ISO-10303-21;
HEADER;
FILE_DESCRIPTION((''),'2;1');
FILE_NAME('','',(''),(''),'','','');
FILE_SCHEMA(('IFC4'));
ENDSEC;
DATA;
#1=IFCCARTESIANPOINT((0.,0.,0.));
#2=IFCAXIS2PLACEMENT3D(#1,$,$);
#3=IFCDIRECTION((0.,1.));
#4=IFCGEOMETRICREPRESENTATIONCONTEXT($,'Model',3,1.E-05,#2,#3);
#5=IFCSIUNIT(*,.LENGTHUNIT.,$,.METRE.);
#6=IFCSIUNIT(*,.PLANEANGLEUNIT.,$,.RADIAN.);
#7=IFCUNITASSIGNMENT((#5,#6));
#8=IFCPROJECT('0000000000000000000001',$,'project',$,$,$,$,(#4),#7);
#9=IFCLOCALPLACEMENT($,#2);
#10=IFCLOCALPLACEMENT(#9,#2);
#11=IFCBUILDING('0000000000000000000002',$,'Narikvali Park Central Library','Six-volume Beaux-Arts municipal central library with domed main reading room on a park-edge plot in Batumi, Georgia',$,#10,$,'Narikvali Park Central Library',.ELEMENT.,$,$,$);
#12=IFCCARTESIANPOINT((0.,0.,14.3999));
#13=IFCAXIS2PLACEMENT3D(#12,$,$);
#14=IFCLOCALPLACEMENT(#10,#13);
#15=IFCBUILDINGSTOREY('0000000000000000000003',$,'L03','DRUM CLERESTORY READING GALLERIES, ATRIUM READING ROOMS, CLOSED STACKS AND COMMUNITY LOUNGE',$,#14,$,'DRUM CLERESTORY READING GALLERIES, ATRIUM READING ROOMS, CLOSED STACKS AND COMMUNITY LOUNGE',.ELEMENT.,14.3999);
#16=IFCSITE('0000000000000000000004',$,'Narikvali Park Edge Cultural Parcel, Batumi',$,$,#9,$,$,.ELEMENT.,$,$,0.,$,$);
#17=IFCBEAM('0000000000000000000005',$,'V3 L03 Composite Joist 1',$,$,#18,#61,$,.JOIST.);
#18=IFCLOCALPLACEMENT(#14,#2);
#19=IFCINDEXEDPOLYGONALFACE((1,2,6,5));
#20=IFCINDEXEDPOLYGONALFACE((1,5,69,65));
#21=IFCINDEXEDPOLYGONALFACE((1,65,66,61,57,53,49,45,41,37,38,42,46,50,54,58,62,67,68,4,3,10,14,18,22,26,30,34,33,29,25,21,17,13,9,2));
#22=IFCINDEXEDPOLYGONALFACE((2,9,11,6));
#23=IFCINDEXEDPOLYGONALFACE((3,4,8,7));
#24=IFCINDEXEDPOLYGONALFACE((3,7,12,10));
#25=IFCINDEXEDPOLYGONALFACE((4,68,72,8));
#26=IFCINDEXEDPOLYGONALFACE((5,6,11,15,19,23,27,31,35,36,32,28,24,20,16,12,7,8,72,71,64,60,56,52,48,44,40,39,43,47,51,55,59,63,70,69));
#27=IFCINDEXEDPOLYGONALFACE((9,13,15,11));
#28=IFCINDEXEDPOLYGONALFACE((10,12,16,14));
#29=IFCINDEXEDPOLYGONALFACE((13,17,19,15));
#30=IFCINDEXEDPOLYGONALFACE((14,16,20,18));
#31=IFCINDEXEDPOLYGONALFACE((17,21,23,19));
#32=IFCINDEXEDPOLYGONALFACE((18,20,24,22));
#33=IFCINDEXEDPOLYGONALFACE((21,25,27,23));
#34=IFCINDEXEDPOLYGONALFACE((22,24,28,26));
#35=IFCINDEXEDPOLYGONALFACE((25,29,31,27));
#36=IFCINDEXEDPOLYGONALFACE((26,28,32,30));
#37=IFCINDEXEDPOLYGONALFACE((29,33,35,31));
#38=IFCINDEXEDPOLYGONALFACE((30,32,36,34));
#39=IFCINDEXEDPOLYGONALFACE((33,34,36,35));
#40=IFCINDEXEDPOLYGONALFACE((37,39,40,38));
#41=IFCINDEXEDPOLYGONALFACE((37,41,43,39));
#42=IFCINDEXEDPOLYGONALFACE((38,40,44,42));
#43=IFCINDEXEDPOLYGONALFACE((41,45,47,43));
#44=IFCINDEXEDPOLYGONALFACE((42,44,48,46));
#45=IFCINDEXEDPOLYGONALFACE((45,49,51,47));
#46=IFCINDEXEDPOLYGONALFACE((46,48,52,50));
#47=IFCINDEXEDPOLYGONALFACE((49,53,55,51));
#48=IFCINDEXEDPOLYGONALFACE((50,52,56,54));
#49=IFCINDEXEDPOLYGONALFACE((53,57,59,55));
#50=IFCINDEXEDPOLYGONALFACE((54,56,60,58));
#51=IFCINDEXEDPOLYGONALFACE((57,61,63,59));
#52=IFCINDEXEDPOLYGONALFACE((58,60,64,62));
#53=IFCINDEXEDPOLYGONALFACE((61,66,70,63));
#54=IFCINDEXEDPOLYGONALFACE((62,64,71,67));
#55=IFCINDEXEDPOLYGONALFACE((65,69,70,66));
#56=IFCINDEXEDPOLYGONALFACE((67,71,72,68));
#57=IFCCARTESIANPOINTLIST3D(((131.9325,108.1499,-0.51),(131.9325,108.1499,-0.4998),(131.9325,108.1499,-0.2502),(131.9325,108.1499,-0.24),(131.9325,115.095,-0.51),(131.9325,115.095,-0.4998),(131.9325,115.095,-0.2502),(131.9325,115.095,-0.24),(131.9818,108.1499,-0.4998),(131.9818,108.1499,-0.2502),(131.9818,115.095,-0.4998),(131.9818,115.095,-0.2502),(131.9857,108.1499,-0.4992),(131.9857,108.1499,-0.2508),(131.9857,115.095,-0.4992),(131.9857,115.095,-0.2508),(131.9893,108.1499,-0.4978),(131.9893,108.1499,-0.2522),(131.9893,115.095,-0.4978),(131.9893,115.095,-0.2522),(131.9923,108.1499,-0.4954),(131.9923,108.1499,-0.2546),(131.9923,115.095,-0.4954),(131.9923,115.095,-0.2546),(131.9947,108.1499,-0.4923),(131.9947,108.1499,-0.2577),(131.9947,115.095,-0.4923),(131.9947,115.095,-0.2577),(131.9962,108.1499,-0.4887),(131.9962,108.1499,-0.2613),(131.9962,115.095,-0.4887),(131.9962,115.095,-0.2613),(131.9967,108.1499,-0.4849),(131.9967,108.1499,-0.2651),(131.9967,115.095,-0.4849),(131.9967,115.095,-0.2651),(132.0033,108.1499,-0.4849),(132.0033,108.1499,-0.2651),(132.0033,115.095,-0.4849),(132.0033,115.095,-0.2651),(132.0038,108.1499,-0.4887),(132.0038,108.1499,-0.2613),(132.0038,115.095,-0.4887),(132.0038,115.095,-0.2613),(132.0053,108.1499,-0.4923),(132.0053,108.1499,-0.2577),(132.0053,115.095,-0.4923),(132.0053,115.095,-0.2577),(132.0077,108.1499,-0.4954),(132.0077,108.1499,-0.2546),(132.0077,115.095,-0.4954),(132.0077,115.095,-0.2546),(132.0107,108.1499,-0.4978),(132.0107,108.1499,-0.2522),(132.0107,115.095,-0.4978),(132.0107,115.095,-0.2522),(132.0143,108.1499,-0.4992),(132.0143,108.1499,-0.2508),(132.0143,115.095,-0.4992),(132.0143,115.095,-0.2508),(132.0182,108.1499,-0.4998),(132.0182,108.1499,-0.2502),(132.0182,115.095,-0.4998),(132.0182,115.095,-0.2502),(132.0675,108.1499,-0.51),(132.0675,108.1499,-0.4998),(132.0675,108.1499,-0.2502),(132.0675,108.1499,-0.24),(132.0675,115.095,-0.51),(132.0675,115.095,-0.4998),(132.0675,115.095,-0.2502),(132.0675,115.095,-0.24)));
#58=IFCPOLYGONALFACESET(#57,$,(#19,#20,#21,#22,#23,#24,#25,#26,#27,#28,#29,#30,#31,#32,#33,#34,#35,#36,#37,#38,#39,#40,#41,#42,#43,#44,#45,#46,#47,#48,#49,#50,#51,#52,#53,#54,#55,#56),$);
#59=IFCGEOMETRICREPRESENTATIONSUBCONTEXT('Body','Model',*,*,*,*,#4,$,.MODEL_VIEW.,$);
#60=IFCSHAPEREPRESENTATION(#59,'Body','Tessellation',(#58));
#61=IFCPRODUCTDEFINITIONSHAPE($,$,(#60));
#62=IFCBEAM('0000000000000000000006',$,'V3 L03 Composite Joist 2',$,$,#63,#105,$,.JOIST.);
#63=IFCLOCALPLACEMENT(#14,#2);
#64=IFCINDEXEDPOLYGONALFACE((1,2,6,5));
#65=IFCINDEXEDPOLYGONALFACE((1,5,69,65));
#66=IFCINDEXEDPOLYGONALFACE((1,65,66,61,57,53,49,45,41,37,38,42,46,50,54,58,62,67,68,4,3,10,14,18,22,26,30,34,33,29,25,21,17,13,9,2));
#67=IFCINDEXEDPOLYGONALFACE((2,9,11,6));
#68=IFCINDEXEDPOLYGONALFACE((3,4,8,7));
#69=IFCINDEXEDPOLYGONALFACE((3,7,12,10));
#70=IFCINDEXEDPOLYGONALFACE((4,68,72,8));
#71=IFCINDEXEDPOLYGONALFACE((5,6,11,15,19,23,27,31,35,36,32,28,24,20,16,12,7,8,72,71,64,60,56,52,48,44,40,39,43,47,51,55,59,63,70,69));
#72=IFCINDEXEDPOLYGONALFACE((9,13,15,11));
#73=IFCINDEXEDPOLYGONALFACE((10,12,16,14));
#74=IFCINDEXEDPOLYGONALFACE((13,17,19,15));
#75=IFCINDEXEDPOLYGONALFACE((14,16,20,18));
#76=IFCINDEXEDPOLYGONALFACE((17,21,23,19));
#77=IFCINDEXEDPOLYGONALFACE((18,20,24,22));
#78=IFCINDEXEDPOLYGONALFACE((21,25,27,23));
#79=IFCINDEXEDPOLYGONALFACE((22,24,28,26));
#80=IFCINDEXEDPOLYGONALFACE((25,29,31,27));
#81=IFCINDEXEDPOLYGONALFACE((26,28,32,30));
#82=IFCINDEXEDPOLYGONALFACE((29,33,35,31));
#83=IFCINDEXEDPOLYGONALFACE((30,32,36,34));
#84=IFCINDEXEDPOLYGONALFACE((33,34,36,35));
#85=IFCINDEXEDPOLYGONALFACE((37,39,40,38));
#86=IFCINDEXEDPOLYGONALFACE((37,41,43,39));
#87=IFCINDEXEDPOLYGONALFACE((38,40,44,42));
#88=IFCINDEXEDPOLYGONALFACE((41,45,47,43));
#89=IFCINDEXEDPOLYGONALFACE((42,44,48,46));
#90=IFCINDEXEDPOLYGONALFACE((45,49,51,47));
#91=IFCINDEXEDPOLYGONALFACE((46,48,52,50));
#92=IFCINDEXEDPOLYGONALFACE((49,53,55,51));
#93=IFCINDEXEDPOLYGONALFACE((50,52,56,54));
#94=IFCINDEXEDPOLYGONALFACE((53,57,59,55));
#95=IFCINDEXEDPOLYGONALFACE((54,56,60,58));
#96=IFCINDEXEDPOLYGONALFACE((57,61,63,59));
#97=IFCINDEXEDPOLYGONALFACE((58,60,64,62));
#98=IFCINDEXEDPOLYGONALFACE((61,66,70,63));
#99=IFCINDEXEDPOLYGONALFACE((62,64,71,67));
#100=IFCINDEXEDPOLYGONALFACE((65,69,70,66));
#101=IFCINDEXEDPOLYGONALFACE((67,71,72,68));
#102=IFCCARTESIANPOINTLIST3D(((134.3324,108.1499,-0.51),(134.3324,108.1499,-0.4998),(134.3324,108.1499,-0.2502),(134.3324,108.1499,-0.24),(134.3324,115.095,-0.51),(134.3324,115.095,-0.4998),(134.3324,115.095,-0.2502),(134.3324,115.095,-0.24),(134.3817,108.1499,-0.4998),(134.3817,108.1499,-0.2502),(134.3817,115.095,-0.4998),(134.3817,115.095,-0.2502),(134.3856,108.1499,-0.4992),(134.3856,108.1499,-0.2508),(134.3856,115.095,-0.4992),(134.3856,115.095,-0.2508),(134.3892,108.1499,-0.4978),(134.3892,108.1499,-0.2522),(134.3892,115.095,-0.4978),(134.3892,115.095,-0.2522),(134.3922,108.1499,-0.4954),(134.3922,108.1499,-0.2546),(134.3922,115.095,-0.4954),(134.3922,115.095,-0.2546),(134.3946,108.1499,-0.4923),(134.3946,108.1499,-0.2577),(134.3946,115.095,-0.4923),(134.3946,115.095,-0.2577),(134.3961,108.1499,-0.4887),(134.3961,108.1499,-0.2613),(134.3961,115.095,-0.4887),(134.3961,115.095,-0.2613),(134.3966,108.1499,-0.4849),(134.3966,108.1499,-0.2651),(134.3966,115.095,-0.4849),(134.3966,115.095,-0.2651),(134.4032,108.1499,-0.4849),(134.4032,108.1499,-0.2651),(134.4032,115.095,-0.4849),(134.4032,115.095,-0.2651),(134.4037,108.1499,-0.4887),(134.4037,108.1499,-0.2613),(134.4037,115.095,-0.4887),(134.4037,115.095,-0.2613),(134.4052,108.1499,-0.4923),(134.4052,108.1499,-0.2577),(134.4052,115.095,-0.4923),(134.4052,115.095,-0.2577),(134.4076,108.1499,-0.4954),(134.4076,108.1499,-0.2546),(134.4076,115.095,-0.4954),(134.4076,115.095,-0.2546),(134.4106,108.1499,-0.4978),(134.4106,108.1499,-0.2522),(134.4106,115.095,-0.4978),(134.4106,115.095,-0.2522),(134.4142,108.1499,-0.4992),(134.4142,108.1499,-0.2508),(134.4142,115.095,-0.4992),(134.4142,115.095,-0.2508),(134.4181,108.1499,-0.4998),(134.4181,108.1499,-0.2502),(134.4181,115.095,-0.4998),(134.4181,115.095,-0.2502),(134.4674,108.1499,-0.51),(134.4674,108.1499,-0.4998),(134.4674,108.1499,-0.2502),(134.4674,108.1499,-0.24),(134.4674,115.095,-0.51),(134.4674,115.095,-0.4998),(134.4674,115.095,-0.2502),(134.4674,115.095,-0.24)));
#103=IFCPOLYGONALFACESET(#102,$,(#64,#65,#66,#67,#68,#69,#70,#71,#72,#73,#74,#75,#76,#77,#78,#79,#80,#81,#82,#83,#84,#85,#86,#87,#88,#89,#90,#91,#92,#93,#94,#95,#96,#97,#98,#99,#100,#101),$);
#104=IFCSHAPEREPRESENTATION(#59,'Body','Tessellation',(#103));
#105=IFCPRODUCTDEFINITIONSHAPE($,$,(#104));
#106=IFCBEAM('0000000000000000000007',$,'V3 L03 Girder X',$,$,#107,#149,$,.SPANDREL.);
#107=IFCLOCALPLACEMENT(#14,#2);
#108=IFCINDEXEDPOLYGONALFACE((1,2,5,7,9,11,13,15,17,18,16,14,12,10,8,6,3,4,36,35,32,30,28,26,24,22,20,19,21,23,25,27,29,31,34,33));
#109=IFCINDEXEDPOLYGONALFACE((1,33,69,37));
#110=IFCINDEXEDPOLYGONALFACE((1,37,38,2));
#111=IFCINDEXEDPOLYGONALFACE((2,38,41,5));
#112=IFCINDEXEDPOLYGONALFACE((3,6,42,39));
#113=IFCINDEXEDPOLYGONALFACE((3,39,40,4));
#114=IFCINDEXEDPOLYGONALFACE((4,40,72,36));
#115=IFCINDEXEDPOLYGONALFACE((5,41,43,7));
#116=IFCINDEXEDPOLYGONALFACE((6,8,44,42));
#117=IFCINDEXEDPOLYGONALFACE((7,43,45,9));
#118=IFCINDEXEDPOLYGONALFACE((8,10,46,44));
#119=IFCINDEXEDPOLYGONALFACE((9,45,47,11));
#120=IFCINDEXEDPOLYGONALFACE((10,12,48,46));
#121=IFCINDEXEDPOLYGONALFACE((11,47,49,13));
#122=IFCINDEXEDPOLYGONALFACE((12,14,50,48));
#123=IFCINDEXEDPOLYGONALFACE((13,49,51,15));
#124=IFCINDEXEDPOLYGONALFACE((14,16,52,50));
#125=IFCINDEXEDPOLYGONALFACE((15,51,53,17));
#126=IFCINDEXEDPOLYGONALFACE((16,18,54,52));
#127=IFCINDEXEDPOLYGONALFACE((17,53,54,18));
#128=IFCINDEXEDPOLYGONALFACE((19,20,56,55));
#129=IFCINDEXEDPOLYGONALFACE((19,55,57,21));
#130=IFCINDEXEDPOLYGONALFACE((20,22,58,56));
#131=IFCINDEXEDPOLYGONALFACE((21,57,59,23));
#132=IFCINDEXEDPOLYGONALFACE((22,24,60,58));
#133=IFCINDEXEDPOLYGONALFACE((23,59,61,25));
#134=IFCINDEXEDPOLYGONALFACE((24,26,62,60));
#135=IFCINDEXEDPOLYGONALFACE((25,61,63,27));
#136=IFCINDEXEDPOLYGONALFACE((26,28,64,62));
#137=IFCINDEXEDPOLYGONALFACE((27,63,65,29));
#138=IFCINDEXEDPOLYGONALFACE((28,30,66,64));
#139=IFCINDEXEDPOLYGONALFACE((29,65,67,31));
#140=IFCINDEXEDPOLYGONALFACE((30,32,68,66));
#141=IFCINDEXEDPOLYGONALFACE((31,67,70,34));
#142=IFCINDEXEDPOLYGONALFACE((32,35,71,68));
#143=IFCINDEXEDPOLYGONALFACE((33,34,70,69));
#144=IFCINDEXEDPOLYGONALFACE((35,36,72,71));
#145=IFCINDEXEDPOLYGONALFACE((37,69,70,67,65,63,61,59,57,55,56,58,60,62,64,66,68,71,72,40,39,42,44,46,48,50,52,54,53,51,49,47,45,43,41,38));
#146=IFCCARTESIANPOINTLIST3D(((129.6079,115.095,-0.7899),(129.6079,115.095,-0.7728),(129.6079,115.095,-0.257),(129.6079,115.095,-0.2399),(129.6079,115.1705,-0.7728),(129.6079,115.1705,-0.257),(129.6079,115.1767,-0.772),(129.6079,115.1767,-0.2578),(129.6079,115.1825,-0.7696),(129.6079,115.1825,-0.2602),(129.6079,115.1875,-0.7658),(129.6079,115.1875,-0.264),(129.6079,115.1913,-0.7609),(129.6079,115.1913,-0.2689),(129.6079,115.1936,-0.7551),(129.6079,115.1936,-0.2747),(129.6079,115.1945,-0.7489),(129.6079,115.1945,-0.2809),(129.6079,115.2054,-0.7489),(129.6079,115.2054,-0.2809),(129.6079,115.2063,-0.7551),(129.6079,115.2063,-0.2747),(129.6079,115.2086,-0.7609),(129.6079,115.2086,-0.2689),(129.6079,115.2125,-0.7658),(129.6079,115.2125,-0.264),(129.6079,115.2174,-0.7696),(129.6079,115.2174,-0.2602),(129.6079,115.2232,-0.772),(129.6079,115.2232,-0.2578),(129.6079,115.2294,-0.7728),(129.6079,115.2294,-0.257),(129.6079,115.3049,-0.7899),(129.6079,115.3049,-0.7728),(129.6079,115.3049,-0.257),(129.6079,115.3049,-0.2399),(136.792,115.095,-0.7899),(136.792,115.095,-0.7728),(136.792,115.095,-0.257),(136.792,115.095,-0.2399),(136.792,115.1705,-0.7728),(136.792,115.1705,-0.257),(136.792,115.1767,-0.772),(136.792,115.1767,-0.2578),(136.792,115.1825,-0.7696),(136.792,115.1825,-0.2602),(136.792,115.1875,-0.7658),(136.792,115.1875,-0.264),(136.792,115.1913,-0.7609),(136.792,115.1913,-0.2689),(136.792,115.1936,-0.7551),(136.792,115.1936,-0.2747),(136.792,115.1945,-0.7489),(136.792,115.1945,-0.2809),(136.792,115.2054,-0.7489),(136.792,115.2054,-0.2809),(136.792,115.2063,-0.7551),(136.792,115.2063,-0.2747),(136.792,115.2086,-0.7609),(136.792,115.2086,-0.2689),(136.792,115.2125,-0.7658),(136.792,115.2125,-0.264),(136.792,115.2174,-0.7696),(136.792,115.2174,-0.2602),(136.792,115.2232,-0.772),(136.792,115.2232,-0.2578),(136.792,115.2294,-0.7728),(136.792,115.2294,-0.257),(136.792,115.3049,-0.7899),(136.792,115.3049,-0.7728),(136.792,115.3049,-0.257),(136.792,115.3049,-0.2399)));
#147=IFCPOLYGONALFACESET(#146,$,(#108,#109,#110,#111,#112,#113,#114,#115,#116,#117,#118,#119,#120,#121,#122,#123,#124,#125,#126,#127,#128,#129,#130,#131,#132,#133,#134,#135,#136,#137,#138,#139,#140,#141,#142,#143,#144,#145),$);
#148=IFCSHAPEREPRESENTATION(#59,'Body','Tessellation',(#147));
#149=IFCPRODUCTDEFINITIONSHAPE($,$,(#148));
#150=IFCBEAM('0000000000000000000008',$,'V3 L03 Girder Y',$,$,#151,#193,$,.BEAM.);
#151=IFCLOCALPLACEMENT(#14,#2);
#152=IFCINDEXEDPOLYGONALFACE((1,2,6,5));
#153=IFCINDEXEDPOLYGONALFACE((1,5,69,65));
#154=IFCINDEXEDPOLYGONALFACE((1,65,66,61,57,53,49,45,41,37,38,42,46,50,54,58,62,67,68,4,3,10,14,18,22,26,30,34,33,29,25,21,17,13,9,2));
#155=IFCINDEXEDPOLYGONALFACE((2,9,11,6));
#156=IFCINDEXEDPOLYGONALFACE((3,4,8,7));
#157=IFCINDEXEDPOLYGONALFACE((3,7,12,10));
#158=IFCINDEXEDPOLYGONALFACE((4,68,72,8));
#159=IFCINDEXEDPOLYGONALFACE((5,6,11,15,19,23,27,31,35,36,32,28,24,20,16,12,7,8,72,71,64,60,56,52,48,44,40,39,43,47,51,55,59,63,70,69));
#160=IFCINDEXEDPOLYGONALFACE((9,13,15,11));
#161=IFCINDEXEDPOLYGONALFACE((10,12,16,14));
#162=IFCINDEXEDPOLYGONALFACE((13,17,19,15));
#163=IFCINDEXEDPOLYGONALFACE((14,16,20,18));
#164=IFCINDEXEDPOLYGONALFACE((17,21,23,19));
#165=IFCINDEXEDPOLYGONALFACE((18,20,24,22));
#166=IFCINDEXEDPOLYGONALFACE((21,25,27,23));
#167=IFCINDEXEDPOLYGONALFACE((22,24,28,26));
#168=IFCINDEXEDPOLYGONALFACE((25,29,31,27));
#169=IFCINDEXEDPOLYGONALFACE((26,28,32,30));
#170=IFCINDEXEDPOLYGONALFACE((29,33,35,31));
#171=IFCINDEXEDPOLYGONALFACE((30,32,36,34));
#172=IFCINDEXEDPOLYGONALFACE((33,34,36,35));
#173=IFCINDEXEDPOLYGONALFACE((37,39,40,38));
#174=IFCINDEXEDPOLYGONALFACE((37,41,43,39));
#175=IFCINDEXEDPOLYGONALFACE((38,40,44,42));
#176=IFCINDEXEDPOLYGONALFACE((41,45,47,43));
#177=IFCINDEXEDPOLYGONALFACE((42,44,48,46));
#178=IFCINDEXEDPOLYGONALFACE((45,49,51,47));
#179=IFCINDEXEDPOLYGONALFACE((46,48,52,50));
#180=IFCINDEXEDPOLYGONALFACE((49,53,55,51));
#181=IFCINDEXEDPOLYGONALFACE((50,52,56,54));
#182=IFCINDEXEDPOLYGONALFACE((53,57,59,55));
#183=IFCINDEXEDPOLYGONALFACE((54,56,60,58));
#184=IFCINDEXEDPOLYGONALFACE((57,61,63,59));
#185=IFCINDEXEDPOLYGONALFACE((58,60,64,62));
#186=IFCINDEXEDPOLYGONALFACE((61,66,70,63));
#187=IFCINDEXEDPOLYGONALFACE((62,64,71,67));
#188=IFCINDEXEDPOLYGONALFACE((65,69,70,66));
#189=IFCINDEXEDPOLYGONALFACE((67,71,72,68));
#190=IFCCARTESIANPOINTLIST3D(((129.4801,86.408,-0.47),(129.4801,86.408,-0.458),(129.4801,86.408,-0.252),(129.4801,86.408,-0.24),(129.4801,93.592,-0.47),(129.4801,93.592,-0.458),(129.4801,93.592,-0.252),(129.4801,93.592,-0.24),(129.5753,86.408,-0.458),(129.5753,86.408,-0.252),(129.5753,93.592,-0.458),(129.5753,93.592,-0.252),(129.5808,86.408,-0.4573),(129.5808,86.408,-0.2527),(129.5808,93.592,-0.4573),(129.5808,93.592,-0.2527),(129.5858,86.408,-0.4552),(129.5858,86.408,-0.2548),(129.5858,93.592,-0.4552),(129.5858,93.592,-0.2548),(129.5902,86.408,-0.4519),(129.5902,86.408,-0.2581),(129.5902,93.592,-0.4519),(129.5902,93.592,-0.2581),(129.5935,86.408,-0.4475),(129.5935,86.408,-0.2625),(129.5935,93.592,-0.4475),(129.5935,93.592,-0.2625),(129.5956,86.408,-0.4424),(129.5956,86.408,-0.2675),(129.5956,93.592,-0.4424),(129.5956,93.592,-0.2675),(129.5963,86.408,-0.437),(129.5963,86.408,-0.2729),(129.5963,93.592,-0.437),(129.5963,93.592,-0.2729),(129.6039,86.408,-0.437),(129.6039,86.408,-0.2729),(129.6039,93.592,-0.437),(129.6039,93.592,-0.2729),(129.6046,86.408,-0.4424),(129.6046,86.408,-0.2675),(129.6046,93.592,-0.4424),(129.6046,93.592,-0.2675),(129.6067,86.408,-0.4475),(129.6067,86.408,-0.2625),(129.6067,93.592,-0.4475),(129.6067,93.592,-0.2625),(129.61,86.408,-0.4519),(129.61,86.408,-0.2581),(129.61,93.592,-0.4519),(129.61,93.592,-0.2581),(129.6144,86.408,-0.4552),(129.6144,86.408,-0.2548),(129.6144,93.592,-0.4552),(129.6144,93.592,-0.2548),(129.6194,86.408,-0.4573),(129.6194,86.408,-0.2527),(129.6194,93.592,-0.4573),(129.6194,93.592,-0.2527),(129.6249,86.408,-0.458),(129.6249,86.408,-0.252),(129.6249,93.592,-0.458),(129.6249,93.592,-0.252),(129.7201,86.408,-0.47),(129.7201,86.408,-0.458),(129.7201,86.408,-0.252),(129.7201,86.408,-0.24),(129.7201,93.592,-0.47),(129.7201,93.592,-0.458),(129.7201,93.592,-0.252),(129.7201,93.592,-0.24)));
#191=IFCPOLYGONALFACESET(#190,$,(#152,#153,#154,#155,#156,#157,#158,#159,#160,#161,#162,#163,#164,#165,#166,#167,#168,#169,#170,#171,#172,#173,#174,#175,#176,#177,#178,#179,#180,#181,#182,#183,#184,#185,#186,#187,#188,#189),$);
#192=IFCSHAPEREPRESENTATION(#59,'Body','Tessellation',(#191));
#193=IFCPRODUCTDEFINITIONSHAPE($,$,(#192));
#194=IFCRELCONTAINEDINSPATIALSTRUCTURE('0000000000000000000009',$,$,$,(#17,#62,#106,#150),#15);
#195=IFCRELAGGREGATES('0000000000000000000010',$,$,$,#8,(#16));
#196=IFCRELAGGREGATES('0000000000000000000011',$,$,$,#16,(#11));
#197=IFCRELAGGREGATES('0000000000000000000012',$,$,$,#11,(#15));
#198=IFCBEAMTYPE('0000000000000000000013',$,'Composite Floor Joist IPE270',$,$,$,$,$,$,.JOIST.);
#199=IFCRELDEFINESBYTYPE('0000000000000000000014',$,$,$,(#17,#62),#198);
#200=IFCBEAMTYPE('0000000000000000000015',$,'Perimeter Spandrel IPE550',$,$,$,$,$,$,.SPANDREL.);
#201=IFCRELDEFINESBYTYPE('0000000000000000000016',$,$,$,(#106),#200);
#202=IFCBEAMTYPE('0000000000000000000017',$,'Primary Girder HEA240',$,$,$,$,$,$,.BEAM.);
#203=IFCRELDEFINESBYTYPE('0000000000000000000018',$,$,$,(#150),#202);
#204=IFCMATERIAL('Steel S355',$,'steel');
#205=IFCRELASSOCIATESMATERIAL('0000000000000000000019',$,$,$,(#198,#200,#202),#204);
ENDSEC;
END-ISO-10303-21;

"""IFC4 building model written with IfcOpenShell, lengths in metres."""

from ifc_helpers import new_model, si_unit, direction, frame, origin, origin_2d, place, context, subcontext, project, spatial, i_section, extrude, material, material_profile, profile_set, type_object, element, save


model = new_model("IFC4")

# Units and contexts
model_context = context("Model", 3, precision=1e-05, world=origin(), true_north=direction((0.0, 1.0)))
body_context = subcontext(model_context, "Body", "Model", "MODEL_VIEW")
ifc_project = project(units=[si_unit("LENGTHUNIT", "METRE"), si_unit("PLANEANGLEUNIT", "RADIAN")], contexts=[model_context])

# Site, building, storey
site_placement = place(None, origin())
site = spatial("IfcSite", under=ifc_project, at=site_placement, Name="Narikvali Park Edge Cultural Parcel, Batumi", CompositionType="ELEMENT", RefElevation=0.0)
building_placement = place(site_placement, origin())
building = spatial("IfcBuilding", under=site, at=building_placement, Name="Narikvali Park Central Library", Description="Six-volume Beaux-Arts municipal central library with domed main reading room on a park-edge plot in Batumi, Georgia", LongName="Narikvali Park Central Library", CompositionType="ELEMENT")
storey_placement = place(building_placement, frame((0.0, 0.0, 14.3999)))
storey = spatial("IfcBuildingStorey", under=building, at=storey_placement, Name="L03", Description="DRUM CLERESTORY READING GALLERIES, ATRIUM READING ROOMS, CLOSED STACKS AND COMMUNITY LOUNGE", LongName="DRUM CLERESTORY READING GALLERIES, ATRIUM READING ROOMS, CLOSED STACKS AND COMMUNITY LOUNGE", CompositionType="ELEMENT", Elevation=14.3999)

# Shared definitions
ifc_material = material(Name="Steel S355", Category="steel")

# Beams
ifc_material_profile_1 = material_profile(ifc_material, i_section(OverallWidth=0.135, OverallDepth=0.27, WebThickness=0.0066, FlangeThickness=0.0103, FilletRadius=0.0149, at=origin_2d()), Name="IPE 270")
ifc_profile_set_1 = profile_set([ifc_material_profile_1], Name="Steel S355")
beam_type_1 = type_object("IfcBeamType", Name="Composite Floor Joist IPE270", PredefinedType="JOIST", material=ifc_profile_set_1)
for number, where, z_axis, x_axis, name in (
    (1, (132.0, 108.1499, -0.375), (0.0, 1.0, 0.0), (-1.0, 0.0, 0.0), "V3 L03 Composite Joist 1"),
    (2, (134.3999, 108.1499, -0.375), (0.0, 1.0, 0.0), (-1.0, 0.0, 0.0), "V3 L03 Composite Joist 2"),
):
    element("IfcBeam", number, at=place(storey_placement, frame(where, z_axis=z_axis, x_axis=x_axis)), inside=storey, type_object=beam_type_1, Name=name, PredefinedType="JOIST", context=body_context, shape_type="SweptSolid", body=[
        extrude(i_section(OverallWidth=0.135, OverallDepth=0.27, WebThickness=0.0066, FlangeThickness=0.0103, FilletRadius=0.0149, at=origin_2d()), origin(), (0.0, 0.0, 1.0), 6.9451),
    ])
ifc_material_profile_2 = material_profile(ifc_material, i_section(OverallWidth=0.21, OverallDepth=0.55, WebThickness=0.011, FlangeThickness=0.0171, FilletRadius=0.0239, at=origin_2d()), Name="IPE 550")
ifc_profile_set_2 = profile_set([ifc_material_profile_2], Name="Steel S355")
beam_type_2 = type_object("IfcBeamType", Name="Perimeter Spandrel IPE550", PredefinedType="SPANDREL", material=ifc_profile_set_2)
beam_placement = place(storey_placement, frame((129.6079, 115.2, -0.5149), z_axis=(1.0, 0.0, 0.0), x_axis=(0.0, 1.0, 0.0)))
element("IfcBeam", 3, at=beam_placement, inside=storey, type_object=beam_type_2, Name="V3 L03 Girder X", PredefinedType="SPANDREL", context=body_context, shape_type="SweptSolid", body=[
    extrude(i_section(OverallWidth=0.21, OverallDepth=0.55, WebThickness=0.011, FlangeThickness=0.0171, FilletRadius=0.0239, at=origin_2d()), origin(), (0.0, 0.0, 1.0), 7.1841),
])
ifc_material_profile_3 = material_profile(ifc_material, i_section(OverallWidth=0.24, OverallDepth=0.23, WebThickness=0.0076, FlangeThickness=0.012, FilletRadius=0.021, at=origin_2d()), Name="HEA 240")
ifc_profile_set_3 = profile_set([ifc_material_profile_3], Name="Steel S355")
beam_type_3 = type_object("IfcBeamType", Name="Primary Girder HEA240", PredefinedType="BEAM", material=ifc_profile_set_3)
for number, where, z_axis, x_axis, name in (
    (4, (129.6001, 86.408, -0.355), (0.0, 1.0, 0.0), (-1.0, 0.0, 0.0), "V3 L03 Girder Y"),
):
    element("IfcBeam", number, at=place(storey_placement, frame(where, z_axis=z_axis, x_axis=x_axis)), inside=storey, type_object=beam_type_3, Name=name, PredefinedType="BEAM", context=body_context, shape_type="SweptSolid", body=[
        extrude(i_section(OverallWidth=0.24, OverallDepth=0.23, WebThickness=0.0076, FlangeThickness=0.012, FilletRadius=0.021, at=origin_2d()), origin(), (0.0, 0.0, 1.0), 7.1841),
    ])

save(model, "model.ifc")
